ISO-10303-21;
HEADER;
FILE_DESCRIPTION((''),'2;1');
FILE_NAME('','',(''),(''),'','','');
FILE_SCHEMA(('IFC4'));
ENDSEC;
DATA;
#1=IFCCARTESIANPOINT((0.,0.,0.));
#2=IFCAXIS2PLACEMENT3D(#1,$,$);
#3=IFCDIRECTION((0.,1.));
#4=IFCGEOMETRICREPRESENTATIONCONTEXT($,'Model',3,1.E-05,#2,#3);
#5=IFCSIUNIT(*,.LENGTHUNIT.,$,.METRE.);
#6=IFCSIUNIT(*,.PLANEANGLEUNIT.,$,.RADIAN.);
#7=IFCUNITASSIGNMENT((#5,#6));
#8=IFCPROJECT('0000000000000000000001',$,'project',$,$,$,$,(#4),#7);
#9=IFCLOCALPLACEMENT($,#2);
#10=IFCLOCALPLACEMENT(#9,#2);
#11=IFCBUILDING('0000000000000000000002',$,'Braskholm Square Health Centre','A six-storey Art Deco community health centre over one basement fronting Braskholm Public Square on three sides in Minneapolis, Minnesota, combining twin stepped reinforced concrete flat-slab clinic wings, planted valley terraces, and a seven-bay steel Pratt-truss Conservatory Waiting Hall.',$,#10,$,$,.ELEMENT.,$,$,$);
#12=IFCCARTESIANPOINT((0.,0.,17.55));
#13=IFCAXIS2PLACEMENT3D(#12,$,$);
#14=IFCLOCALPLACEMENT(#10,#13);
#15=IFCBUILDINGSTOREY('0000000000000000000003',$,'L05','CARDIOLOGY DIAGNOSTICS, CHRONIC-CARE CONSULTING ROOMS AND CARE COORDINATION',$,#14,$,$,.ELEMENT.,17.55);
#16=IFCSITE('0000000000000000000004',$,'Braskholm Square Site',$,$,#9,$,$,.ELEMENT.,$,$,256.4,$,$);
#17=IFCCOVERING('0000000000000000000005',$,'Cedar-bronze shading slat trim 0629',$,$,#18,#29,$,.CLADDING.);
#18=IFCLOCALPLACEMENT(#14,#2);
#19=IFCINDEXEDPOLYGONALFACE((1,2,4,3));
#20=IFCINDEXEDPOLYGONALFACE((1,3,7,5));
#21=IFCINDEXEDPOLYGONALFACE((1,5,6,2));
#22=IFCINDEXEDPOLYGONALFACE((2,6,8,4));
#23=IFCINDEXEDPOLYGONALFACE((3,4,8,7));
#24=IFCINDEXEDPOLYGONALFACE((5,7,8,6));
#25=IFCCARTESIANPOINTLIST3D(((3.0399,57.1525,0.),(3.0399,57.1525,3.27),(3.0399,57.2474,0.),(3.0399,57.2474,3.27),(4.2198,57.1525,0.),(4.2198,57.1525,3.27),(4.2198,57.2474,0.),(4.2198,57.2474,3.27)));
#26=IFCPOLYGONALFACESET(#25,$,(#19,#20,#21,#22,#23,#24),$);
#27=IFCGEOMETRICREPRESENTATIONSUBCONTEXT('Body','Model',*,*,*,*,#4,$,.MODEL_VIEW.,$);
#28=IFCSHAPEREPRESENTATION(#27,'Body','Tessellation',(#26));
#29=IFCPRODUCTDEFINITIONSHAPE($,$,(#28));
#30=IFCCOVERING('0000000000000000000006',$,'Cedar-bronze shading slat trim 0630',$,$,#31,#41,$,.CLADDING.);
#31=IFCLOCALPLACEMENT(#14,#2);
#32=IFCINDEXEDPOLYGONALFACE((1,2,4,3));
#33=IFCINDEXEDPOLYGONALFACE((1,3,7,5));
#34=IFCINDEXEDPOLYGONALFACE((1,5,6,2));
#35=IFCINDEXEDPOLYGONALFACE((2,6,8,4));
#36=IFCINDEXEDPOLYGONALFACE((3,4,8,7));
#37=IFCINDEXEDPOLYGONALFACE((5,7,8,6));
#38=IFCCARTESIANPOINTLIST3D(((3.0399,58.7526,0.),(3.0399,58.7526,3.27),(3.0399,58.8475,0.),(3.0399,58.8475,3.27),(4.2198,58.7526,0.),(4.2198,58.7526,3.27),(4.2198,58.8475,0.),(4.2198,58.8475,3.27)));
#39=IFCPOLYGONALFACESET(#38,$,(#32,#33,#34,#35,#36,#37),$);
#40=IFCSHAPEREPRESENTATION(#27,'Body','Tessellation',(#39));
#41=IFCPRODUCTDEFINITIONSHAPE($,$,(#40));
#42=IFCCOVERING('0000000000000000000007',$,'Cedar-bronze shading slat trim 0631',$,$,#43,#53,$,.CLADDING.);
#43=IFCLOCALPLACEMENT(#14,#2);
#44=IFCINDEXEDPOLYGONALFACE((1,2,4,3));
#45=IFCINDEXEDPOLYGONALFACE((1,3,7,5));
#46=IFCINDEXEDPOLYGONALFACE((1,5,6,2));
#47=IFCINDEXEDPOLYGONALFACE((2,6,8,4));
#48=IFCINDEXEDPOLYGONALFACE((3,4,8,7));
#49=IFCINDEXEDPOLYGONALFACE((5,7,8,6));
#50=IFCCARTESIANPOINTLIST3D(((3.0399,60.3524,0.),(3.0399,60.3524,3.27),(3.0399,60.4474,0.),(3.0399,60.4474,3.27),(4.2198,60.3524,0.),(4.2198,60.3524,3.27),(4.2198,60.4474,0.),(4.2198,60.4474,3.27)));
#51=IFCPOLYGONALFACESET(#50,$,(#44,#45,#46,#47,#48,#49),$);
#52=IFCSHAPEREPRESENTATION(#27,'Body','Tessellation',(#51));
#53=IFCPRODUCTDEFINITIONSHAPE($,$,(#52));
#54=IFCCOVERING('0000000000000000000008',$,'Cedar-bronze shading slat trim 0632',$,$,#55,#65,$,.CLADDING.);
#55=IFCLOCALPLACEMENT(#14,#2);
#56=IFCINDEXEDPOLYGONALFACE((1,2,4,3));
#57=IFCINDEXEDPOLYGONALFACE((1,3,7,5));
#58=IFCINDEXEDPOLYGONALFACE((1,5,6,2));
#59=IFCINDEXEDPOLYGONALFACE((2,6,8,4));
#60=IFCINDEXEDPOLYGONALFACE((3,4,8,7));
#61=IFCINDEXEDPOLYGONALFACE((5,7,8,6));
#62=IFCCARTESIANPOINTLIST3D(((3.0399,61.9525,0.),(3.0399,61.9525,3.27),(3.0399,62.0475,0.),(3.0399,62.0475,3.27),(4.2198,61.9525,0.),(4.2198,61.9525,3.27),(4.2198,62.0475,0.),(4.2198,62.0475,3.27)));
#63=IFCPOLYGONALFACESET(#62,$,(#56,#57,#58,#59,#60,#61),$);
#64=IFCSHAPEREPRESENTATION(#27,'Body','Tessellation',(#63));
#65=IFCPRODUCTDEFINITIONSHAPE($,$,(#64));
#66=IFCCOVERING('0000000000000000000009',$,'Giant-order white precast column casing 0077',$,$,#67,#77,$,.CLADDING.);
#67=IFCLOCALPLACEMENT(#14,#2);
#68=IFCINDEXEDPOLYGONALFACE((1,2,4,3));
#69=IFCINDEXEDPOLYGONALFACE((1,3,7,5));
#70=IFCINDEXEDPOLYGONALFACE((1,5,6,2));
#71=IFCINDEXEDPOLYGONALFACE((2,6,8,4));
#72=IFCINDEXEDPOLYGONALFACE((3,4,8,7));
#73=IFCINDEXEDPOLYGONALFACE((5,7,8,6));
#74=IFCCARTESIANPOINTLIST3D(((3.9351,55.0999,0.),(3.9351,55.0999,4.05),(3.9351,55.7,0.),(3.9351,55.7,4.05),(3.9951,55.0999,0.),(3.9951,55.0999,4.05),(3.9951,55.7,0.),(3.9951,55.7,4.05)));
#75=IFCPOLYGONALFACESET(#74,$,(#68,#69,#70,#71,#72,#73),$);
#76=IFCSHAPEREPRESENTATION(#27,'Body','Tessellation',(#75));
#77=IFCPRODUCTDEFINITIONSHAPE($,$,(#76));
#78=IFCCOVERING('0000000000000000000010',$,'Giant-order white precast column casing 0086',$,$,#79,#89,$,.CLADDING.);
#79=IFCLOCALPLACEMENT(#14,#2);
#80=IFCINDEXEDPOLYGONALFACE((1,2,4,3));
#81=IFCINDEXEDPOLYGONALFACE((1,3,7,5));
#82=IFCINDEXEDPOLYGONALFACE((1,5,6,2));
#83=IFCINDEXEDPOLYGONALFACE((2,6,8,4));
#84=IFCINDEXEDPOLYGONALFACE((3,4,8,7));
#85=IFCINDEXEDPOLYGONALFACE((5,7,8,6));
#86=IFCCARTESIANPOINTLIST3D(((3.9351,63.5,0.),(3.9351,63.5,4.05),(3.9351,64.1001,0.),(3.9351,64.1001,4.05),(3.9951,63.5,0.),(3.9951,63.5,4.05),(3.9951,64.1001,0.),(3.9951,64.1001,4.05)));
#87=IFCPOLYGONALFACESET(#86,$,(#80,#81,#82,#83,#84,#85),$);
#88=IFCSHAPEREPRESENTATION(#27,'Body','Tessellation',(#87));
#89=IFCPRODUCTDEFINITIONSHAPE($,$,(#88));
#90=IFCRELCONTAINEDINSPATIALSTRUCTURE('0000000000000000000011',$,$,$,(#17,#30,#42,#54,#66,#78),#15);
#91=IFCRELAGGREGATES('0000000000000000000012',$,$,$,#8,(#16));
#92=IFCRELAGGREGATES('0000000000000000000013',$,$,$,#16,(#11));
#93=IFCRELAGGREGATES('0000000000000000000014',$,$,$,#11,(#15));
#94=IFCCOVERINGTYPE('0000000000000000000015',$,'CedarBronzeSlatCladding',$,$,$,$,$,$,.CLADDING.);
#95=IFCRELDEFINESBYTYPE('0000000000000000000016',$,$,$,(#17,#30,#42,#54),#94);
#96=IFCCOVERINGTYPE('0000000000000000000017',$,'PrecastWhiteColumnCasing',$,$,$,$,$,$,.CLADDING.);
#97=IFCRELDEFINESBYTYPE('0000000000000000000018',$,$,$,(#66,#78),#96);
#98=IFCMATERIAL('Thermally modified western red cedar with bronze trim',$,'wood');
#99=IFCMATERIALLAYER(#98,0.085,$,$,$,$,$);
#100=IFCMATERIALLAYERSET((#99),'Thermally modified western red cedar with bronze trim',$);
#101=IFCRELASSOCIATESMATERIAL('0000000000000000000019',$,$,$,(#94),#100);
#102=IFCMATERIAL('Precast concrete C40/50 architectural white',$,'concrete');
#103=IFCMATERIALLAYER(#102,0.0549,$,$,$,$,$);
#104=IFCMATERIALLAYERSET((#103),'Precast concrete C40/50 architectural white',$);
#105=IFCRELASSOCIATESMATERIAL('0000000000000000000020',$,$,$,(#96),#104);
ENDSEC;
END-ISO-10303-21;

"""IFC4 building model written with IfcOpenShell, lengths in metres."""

from ifc_helpers import new_model, si_unit, direction, frame, origin, origin_2d, place, context, subcontext, project, spatial, rectangle, extrude, material, layer, layer_set, type_object, element, save


model = new_model("IFC4")

# Units and contexts
model_context = context("Model", 3, precision=1e-05, world=origin(), true_north=direction((0.0, 1.0)))
body_context = subcontext(model_context, "Body", "Model", "MODEL_VIEW")
ifc_project = project(units=[si_unit("LENGTHUNIT", "METRE"), si_unit("PLANEANGLEUNIT", "RADIAN")], contexts=[model_context])

# Site, building, storey
site_placement = place(None, origin())
site = spatial("IfcSite", under=ifc_project, at=site_placement, Name="Braskholm Square Site", CompositionType="ELEMENT", RefElevation=256.4)
building_placement = place(site_placement, origin())
building = spatial("IfcBuilding", under=site, at=building_placement, Name="Braskholm Square Health Centre", Description="A six-storey Art Deco community health centre over one basement fronting Braskholm Public Square on three sides in Minneapolis, Minnesota, combining twin stepped reinforced concrete flat-slab clinic wings, planted valley terraces, and a seven-bay steel Pratt-truss Conservatory Waiting Hall.", CompositionType="ELEMENT")
storey_placement = place(building_placement, frame((0.0, 0.0, 17.55)))
storey = spatial("IfcBuildingStorey", under=building, at=storey_placement, Name="L05", Description="CARDIOLOGY DIAGNOSTICS, CHRONIC-CARE CONSULTING ROOMS AND CARE COORDINATION", CompositionType="ELEMENT", Elevation=17.55)

# Shared definitions
ifc_material_1 = material(Name="Precast concrete C40/50 architectural white", Category="concrete")

# Shared definitions
ifc_material_2 = material(Name="Thermally modified western red cedar with bronze trim", Category="wood")

# Coverings
ifc_layer_1 = layer(ifc_material_2, 0.085)
ifc_layer_set_1 = layer_set([ifc_layer_1], Name="Thermally modified western red cedar with bronze trim")
covering_type_1 = type_object("IfcCoveringType", Name="CedarBronzeSlatCladding", PredefinedType="CLADDING", material=ifc_layer_set_1)
for number, where, z_axis, x_axis, name in (
    (1, (3.6299, 57.2, 0.0), (0.0, 0.0, 1.0), (1.0, 0.0, 0.0), "Cedar-bronze shading slat trim 0629"),
    (2, (3.6299, 58.8, 0.0), (0.0, 0.0, 1.0), (1.0, 0.0, 0.0), "Cedar-bronze shading slat trim 0630"),
    (3, (3.6299, 60.3999, 0.0), (0.0, 0.0, 1.0), (1.0, 0.0, 0.0), "Cedar-bronze shading slat trim 0631"),
    (4, (3.6299, 62.0, 0.0), (0.0, 0.0, 1.0), (1.0, 0.0, 0.0), "Cedar-bronze shading slat trim 0632"),
):
    element("IfcCovering", number, at=place(storey_placement, frame(where, z_axis=z_axis, x_axis=x_axis)), inside=storey, type_object=covering_type_1, Name=name, PredefinedType="CLADDING", context=body_context, shape_type="SweptSolid", body=[
        extrude(rectangle(XDim=1.1799, YDim=0.095, at=origin_2d()), origin(), (0.0, 0.0, 1.0), 3.27),
    ])
ifc_layer_2 = layer(ifc_material_1, 0.0549)
ifc_layer_set_2 = layer_set([ifc_layer_2], Name="Precast concrete C40/50 architectural white")
covering_type_2 = type_object("IfcCoveringType", Name="PrecastWhiteColumnCasing", PredefinedType="CLADDING", material=ifc_layer_set_2)
for number, where, z_axis, x_axis, name in (
    (5, (3.9651, 55.3999, 0.0), (0.0, 0.0, 1.0), (1.0, 0.0, 0.0), "Giant-order white precast column casing 0077"),
    (6, (3.9651, 63.8, 0.0), (0.0, 0.0, 1.0), (1.0, 0.0, 0.0), "Giant-order white precast column casing 0086"),
):
    element("IfcCovering", number, at=place(storey_placement, frame(where, z_axis=z_axis, x_axis=x_axis)), inside=storey, type_object=covering_type_2, Name=name, PredefinedType="CLADDING", context=body_context, shape_type="SweptSolid", body=[
        extrude(rectangle(XDim=0.0601, YDim=0.6001, at=origin_2d()), origin(), (0.0, 0.0, 1.0), 4.05),
    ])

save(model, "model.ifc")
